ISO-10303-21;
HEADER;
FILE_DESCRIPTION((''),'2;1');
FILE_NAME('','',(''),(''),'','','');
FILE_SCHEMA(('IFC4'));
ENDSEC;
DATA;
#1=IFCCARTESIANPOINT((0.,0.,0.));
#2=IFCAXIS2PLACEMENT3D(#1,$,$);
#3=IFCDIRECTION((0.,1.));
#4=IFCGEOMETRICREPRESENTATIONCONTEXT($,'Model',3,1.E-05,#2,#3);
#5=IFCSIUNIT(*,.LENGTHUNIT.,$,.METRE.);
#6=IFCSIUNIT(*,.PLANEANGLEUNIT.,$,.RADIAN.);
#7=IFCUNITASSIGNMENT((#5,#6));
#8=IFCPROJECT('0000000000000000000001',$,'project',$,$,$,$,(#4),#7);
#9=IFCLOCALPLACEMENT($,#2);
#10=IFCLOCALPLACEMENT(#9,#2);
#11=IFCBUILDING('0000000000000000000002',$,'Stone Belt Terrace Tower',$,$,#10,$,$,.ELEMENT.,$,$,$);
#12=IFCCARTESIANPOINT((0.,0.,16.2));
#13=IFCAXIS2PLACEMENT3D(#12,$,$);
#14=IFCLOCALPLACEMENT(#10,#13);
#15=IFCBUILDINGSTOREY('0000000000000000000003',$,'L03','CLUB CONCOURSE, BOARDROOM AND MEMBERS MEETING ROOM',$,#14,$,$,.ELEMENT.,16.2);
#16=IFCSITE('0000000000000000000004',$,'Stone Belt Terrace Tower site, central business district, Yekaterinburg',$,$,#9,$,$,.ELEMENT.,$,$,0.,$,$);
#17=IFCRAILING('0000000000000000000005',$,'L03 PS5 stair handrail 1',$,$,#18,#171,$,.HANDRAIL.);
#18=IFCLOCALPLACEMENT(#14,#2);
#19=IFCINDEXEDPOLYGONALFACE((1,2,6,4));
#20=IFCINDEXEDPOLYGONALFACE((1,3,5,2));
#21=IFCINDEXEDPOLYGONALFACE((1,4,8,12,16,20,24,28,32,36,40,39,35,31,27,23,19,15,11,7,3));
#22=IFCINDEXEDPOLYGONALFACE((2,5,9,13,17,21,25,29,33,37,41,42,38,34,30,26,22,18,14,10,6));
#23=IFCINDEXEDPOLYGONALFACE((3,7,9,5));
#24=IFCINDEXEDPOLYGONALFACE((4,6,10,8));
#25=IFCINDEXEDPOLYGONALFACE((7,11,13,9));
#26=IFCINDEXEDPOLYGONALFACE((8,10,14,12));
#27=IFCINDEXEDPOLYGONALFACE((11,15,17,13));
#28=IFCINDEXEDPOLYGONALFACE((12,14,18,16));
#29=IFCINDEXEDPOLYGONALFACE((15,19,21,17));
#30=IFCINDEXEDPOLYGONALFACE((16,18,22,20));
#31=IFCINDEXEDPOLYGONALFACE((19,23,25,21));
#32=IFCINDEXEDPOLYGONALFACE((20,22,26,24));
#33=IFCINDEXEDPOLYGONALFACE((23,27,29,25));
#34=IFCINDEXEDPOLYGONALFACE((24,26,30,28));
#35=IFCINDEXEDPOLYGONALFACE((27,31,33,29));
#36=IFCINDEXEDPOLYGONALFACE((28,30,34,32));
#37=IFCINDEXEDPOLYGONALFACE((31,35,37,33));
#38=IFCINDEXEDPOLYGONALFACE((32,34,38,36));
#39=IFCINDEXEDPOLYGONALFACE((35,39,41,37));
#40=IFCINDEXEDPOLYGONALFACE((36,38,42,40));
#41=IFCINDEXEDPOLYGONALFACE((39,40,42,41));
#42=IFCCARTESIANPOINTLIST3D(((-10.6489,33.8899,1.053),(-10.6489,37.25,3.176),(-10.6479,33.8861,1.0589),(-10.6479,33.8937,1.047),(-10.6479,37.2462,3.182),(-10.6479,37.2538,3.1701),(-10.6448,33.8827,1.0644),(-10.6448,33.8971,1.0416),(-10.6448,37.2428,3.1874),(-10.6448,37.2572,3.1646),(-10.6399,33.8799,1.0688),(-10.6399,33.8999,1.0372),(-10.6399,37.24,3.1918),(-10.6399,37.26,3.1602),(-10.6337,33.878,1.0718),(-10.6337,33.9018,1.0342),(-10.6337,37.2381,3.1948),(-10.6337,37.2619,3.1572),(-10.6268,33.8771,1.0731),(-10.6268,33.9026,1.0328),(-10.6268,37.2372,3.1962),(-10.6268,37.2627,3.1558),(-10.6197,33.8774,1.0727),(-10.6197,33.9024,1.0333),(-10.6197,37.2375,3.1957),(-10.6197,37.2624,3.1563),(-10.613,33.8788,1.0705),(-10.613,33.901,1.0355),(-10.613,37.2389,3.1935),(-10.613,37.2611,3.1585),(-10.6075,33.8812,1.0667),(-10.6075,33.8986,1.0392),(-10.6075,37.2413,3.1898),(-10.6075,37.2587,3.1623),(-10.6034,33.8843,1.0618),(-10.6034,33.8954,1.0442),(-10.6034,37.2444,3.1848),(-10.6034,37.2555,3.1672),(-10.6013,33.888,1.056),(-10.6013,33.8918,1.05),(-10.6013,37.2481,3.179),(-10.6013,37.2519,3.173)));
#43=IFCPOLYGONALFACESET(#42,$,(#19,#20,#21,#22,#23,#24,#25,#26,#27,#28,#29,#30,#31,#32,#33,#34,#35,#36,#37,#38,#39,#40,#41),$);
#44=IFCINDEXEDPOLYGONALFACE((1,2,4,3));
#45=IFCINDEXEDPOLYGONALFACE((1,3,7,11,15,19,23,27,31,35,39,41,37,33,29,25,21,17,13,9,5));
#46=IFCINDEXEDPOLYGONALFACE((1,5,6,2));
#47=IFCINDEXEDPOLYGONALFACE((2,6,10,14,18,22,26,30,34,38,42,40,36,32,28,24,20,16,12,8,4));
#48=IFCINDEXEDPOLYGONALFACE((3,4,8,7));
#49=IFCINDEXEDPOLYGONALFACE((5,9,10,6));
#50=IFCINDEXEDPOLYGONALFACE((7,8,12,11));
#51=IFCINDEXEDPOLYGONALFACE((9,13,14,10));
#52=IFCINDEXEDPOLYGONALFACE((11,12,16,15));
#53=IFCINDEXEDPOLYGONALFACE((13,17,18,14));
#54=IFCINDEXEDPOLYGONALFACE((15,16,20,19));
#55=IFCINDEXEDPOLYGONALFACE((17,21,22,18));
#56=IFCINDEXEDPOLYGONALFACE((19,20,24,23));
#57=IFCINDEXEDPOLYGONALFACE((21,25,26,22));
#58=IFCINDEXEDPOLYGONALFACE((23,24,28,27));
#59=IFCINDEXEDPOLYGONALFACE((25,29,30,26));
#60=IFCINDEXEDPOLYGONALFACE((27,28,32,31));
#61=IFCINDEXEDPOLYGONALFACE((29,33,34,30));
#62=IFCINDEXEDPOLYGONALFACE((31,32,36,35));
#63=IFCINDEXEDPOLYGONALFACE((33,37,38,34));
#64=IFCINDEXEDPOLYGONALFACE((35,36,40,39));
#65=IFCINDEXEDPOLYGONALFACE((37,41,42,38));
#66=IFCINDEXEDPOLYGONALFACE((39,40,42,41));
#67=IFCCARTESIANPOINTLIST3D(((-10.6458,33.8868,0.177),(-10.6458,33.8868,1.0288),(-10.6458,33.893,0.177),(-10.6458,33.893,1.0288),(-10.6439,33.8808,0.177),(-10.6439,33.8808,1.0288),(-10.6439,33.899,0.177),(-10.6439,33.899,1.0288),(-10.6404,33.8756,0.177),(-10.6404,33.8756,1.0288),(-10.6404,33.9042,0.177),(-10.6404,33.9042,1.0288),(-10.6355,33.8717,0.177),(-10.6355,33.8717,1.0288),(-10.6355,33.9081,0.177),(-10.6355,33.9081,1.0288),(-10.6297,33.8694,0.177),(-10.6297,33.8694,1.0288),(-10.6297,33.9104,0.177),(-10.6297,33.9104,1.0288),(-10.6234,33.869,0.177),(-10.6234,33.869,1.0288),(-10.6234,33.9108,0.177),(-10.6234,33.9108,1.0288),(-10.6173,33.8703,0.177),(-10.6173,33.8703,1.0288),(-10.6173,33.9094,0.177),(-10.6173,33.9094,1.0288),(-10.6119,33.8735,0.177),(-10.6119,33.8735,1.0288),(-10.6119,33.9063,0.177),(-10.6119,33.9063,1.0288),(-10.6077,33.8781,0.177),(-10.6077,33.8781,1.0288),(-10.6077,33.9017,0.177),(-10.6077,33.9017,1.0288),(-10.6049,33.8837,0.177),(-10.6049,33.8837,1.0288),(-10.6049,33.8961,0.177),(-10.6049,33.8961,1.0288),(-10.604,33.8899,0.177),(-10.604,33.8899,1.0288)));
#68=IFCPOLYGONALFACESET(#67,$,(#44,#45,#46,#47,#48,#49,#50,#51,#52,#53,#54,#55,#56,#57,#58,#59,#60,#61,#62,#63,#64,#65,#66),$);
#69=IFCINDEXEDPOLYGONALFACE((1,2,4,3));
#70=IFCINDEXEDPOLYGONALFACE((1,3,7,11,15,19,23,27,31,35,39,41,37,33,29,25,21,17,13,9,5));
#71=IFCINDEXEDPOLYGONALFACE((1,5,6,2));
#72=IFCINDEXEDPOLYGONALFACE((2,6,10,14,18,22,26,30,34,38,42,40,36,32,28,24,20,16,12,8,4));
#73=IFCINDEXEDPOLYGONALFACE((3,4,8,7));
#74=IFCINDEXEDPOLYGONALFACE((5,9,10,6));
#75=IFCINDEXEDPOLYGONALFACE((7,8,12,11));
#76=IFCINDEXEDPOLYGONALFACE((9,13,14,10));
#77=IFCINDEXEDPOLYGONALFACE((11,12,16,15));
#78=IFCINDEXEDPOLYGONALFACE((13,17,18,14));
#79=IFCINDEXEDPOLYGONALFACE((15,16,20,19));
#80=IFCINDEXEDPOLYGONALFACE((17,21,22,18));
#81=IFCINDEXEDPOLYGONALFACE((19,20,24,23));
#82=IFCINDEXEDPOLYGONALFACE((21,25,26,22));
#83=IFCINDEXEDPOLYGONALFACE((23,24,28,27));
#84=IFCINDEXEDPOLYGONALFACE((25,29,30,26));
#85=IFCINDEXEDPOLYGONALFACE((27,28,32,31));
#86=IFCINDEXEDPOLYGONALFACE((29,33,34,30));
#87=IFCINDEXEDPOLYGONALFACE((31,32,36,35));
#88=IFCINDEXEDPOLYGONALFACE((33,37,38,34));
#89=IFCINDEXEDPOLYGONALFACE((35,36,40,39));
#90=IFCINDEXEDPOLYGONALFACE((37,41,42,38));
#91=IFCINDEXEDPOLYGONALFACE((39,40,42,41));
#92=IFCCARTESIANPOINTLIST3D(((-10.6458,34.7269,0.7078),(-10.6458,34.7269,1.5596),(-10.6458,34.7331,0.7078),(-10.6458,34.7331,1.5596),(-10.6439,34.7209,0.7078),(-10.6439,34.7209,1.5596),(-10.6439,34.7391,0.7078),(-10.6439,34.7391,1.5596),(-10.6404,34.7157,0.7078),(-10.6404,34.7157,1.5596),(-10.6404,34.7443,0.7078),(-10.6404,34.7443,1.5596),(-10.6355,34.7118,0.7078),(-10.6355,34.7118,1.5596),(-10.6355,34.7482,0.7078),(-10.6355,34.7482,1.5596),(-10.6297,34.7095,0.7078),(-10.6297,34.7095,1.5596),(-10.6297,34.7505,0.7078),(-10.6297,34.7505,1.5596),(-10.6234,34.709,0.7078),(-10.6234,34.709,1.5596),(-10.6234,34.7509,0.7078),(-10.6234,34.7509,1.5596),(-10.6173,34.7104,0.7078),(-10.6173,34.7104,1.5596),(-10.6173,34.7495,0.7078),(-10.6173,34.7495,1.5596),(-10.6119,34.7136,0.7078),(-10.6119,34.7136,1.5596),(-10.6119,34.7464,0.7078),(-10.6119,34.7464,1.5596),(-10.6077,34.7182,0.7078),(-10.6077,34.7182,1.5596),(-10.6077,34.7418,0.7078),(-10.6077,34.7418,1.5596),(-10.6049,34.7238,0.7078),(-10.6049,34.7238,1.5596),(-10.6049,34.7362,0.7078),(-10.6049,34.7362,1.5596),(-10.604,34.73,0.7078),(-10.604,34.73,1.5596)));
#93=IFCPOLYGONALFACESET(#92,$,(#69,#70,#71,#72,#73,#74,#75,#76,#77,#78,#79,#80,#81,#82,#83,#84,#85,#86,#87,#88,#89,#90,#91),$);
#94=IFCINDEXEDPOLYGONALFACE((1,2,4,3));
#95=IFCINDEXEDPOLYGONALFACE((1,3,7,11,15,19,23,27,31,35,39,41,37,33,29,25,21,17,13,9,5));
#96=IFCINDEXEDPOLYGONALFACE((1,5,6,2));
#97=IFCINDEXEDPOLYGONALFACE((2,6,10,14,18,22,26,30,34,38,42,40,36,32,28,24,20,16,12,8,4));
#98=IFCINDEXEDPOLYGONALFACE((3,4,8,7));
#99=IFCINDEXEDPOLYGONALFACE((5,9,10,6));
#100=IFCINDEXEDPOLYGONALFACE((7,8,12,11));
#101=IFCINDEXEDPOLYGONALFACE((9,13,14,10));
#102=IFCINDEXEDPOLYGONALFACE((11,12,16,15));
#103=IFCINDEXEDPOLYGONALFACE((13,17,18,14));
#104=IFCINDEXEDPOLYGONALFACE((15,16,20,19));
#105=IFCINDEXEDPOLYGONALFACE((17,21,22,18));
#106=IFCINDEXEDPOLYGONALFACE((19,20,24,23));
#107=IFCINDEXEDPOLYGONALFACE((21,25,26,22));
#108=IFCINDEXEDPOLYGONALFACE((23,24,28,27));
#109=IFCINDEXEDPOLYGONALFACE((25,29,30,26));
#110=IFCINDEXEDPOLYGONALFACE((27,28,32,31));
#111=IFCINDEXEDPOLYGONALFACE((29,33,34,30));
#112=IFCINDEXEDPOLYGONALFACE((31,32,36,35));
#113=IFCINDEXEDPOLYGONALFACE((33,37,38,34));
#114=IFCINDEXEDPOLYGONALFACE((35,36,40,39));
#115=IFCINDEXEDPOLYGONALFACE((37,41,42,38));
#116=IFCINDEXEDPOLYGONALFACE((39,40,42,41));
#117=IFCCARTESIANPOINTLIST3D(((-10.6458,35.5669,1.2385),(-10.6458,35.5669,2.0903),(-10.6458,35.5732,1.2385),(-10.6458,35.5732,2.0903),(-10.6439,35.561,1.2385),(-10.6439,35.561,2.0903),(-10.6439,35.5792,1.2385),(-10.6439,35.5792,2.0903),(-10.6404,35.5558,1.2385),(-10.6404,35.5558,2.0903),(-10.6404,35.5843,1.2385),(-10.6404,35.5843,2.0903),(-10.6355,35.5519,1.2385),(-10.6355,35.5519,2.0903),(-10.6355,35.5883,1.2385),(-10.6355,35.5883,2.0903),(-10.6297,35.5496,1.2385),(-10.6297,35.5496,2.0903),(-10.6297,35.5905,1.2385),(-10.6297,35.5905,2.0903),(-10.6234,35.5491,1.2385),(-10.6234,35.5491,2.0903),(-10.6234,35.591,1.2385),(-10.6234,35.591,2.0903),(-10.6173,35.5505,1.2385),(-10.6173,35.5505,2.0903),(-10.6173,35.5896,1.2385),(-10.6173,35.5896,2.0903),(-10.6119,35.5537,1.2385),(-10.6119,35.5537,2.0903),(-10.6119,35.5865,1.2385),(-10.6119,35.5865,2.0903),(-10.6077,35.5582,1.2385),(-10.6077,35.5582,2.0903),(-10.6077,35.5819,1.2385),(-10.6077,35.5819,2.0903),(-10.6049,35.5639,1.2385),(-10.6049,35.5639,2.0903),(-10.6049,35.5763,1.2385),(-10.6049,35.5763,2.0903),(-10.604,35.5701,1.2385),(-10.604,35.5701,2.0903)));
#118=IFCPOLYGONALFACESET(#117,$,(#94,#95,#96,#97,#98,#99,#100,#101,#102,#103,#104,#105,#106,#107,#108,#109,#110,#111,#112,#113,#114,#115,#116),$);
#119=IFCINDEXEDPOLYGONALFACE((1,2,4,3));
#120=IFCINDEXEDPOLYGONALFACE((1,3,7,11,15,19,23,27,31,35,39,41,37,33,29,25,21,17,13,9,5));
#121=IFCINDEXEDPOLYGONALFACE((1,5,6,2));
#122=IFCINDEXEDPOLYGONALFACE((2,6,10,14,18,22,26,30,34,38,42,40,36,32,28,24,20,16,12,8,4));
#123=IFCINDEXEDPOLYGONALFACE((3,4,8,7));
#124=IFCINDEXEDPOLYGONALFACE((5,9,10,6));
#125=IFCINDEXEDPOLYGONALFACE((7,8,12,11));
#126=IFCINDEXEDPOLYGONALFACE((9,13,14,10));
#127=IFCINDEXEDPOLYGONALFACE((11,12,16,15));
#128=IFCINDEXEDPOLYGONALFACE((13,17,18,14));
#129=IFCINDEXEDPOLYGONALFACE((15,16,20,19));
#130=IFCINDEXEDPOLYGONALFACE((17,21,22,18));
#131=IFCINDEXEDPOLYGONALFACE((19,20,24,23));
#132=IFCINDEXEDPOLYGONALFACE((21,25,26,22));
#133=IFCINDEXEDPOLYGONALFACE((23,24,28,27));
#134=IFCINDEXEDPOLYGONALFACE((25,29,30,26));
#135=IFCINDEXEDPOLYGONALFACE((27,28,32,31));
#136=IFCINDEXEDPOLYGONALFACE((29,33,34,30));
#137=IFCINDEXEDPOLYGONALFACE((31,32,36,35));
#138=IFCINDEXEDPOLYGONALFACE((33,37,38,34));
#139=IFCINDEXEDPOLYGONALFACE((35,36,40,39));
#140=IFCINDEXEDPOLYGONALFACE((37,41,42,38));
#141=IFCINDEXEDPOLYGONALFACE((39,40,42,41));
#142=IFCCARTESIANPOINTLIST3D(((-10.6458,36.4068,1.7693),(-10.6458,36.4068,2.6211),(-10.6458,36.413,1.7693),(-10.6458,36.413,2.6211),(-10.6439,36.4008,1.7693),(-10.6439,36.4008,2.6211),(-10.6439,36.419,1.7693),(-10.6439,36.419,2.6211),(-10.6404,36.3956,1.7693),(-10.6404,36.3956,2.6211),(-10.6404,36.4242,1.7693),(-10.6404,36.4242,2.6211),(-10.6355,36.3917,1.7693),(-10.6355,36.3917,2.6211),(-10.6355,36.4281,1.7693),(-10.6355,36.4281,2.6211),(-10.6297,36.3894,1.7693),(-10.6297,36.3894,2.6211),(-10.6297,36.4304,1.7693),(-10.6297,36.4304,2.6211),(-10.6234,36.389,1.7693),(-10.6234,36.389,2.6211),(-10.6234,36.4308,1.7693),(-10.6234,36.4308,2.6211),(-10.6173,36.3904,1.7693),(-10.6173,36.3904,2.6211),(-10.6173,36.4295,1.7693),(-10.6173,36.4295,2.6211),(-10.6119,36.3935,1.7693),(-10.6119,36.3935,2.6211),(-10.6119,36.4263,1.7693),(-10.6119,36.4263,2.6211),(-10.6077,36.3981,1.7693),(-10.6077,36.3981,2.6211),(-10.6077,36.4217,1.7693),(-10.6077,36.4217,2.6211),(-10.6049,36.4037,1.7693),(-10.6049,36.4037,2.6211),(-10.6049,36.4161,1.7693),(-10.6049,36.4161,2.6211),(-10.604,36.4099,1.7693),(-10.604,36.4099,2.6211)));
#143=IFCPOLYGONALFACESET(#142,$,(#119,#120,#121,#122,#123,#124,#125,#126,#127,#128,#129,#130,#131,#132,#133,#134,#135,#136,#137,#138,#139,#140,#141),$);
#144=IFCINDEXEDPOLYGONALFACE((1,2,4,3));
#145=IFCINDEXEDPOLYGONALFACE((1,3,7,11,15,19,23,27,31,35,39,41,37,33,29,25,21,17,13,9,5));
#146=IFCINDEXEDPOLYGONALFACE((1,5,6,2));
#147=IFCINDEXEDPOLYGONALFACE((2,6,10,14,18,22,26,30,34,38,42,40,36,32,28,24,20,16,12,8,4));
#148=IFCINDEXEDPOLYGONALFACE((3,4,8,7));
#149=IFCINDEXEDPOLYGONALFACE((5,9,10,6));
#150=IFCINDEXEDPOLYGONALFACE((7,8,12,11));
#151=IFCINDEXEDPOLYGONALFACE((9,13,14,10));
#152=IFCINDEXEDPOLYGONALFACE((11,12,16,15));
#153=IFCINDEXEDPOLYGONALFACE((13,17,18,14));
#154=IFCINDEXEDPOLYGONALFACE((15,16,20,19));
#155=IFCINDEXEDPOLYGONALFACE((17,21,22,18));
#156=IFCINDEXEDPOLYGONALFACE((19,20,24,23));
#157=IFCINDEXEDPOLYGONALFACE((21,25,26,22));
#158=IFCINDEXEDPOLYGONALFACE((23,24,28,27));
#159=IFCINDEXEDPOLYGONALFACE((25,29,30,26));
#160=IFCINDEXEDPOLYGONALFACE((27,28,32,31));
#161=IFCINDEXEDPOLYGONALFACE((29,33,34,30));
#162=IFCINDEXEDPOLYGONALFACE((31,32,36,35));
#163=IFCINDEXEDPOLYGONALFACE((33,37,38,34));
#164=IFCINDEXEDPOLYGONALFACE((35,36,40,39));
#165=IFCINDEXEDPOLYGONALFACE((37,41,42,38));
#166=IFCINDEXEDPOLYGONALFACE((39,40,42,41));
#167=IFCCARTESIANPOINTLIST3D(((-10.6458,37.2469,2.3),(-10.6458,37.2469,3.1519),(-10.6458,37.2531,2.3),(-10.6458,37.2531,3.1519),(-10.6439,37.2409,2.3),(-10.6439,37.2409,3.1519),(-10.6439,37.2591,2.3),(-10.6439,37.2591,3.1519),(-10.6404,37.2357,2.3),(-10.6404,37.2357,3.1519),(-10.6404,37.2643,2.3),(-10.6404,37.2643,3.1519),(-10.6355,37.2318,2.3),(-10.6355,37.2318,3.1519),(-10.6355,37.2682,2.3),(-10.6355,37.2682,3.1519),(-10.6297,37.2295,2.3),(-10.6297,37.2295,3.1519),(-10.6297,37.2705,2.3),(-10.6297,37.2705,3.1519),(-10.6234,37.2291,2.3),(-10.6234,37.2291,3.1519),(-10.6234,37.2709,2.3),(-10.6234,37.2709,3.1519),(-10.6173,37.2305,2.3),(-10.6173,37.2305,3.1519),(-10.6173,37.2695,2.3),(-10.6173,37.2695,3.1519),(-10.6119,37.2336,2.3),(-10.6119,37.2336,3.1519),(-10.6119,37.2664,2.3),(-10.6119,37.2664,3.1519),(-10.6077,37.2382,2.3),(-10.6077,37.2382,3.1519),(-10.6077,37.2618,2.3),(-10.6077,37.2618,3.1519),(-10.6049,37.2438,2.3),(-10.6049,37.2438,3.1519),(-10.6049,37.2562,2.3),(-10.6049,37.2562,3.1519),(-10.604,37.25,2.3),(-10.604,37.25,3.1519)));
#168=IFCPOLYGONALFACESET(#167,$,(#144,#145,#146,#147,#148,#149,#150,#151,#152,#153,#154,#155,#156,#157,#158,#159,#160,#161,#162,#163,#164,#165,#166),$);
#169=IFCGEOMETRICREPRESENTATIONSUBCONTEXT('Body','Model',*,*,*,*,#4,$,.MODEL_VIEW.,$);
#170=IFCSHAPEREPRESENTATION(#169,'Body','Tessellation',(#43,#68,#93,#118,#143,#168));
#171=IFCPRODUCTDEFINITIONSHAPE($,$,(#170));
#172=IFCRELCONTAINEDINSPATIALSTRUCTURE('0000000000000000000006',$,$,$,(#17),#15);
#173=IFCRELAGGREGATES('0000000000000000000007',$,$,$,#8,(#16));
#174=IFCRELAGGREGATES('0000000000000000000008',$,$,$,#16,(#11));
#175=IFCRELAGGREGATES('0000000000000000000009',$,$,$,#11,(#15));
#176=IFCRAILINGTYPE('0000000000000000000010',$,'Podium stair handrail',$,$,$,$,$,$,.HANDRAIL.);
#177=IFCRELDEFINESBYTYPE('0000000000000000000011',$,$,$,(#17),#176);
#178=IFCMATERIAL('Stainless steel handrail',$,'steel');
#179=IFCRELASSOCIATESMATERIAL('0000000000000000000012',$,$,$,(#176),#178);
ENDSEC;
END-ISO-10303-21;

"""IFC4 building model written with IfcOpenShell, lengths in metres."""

from ifc_helpers import new_model, si_unit, direction, frame, origin, origin_2d, place, context, subcontext, project, spatial, circle, extrude, material, type_object, element, save


model = new_model("IFC4")

# Units and contexts
model_context = context("Model", 3, precision=1e-05, world=origin(), true_north=direction((0.0, 1.0)))
body_context = subcontext(model_context, "Body", "Model", "MODEL_VIEW")
ifc_project = project(units=[si_unit("LENGTHUNIT", "METRE"), si_unit("PLANEANGLEUNIT", "RADIAN")], contexts=[model_context])

# Site, building, storey
site_placement = place(None, origin())
site = spatial("IfcSite", under=ifc_project, at=site_placement, Name="Stone Belt Terrace Tower site, central business district, Yekaterinburg", CompositionType="ELEMENT", RefElevation=0.0)
building_placement = place(site_placement, origin())
building = spatial("IfcBuilding", under=site, at=building_placement, Name="Stone Belt Terrace Tower", CompositionType="ELEMENT")
storey_placement = place(building_placement, frame((0.0, 0.0, 16.2)))
storey = spatial("IfcBuildingStorey", under=building, at=storey_placement, Name="L03", Description="CLUB CONCOURSE, BOARDROOM AND MEMBERS MEETING ROOM", CompositionType="ELEMENT", Elevation=16.2)

# Railing
ifc_material_1 = material(Name="Stainless steel handrail", Category="steel")
railing_type = type_object("IfcRailingType", Name="Podium stair handrail", PredefinedType="HANDRAIL", material=ifc_material_1)
railing_placement = place(storey_placement, frame((-10.625, 33.8899, 0.177)))
element("IfcRailing", 1, at=railing_placement, inside=storey, type_object=railing_type, Name="L03 PS5 stair handrail 1", PredefinedType="HANDRAIL", context=body_context, shape_type="SweptSolid", body=[
    extrude(circle(Radius=0.0239, at=origin_2d()), frame((0.0, 0.0, 0.876), z_axis=(0.0, 0.84539, 0.53415), x_axis=(-1.0, 0.0, 0.0)), (0.0, 0.0, 1.0), 3.9746),
    extrude(circle(Radius=0.021, at=origin_2d()), origin(), (0.0, 0.0, 1.0), 0.8518),
    extrude(circle(Radius=0.021, at=origin_2d()), frame((0.0, 0.8401, 0.5308)), (0.0, 0.0, 1.0), 0.8518),
    extrude(circle(Radius=0.021, at=origin_2d()), frame((0.0, 1.6802, 1.0615)), (0.0, 0.0, 1.0), 0.8518),
    extrude(circle(Radius=0.021, at=origin_2d()), frame((0.0, 2.52, 1.5923)), (0.0, 0.0, 1.0), 0.8518),
    extrude(circle(Radius=0.021, at=origin_2d()), frame((0.0, 3.3601, 2.123)), (0.0, 0.0, 1.0), 0.8518),
])

save(model, "model.ifc")
